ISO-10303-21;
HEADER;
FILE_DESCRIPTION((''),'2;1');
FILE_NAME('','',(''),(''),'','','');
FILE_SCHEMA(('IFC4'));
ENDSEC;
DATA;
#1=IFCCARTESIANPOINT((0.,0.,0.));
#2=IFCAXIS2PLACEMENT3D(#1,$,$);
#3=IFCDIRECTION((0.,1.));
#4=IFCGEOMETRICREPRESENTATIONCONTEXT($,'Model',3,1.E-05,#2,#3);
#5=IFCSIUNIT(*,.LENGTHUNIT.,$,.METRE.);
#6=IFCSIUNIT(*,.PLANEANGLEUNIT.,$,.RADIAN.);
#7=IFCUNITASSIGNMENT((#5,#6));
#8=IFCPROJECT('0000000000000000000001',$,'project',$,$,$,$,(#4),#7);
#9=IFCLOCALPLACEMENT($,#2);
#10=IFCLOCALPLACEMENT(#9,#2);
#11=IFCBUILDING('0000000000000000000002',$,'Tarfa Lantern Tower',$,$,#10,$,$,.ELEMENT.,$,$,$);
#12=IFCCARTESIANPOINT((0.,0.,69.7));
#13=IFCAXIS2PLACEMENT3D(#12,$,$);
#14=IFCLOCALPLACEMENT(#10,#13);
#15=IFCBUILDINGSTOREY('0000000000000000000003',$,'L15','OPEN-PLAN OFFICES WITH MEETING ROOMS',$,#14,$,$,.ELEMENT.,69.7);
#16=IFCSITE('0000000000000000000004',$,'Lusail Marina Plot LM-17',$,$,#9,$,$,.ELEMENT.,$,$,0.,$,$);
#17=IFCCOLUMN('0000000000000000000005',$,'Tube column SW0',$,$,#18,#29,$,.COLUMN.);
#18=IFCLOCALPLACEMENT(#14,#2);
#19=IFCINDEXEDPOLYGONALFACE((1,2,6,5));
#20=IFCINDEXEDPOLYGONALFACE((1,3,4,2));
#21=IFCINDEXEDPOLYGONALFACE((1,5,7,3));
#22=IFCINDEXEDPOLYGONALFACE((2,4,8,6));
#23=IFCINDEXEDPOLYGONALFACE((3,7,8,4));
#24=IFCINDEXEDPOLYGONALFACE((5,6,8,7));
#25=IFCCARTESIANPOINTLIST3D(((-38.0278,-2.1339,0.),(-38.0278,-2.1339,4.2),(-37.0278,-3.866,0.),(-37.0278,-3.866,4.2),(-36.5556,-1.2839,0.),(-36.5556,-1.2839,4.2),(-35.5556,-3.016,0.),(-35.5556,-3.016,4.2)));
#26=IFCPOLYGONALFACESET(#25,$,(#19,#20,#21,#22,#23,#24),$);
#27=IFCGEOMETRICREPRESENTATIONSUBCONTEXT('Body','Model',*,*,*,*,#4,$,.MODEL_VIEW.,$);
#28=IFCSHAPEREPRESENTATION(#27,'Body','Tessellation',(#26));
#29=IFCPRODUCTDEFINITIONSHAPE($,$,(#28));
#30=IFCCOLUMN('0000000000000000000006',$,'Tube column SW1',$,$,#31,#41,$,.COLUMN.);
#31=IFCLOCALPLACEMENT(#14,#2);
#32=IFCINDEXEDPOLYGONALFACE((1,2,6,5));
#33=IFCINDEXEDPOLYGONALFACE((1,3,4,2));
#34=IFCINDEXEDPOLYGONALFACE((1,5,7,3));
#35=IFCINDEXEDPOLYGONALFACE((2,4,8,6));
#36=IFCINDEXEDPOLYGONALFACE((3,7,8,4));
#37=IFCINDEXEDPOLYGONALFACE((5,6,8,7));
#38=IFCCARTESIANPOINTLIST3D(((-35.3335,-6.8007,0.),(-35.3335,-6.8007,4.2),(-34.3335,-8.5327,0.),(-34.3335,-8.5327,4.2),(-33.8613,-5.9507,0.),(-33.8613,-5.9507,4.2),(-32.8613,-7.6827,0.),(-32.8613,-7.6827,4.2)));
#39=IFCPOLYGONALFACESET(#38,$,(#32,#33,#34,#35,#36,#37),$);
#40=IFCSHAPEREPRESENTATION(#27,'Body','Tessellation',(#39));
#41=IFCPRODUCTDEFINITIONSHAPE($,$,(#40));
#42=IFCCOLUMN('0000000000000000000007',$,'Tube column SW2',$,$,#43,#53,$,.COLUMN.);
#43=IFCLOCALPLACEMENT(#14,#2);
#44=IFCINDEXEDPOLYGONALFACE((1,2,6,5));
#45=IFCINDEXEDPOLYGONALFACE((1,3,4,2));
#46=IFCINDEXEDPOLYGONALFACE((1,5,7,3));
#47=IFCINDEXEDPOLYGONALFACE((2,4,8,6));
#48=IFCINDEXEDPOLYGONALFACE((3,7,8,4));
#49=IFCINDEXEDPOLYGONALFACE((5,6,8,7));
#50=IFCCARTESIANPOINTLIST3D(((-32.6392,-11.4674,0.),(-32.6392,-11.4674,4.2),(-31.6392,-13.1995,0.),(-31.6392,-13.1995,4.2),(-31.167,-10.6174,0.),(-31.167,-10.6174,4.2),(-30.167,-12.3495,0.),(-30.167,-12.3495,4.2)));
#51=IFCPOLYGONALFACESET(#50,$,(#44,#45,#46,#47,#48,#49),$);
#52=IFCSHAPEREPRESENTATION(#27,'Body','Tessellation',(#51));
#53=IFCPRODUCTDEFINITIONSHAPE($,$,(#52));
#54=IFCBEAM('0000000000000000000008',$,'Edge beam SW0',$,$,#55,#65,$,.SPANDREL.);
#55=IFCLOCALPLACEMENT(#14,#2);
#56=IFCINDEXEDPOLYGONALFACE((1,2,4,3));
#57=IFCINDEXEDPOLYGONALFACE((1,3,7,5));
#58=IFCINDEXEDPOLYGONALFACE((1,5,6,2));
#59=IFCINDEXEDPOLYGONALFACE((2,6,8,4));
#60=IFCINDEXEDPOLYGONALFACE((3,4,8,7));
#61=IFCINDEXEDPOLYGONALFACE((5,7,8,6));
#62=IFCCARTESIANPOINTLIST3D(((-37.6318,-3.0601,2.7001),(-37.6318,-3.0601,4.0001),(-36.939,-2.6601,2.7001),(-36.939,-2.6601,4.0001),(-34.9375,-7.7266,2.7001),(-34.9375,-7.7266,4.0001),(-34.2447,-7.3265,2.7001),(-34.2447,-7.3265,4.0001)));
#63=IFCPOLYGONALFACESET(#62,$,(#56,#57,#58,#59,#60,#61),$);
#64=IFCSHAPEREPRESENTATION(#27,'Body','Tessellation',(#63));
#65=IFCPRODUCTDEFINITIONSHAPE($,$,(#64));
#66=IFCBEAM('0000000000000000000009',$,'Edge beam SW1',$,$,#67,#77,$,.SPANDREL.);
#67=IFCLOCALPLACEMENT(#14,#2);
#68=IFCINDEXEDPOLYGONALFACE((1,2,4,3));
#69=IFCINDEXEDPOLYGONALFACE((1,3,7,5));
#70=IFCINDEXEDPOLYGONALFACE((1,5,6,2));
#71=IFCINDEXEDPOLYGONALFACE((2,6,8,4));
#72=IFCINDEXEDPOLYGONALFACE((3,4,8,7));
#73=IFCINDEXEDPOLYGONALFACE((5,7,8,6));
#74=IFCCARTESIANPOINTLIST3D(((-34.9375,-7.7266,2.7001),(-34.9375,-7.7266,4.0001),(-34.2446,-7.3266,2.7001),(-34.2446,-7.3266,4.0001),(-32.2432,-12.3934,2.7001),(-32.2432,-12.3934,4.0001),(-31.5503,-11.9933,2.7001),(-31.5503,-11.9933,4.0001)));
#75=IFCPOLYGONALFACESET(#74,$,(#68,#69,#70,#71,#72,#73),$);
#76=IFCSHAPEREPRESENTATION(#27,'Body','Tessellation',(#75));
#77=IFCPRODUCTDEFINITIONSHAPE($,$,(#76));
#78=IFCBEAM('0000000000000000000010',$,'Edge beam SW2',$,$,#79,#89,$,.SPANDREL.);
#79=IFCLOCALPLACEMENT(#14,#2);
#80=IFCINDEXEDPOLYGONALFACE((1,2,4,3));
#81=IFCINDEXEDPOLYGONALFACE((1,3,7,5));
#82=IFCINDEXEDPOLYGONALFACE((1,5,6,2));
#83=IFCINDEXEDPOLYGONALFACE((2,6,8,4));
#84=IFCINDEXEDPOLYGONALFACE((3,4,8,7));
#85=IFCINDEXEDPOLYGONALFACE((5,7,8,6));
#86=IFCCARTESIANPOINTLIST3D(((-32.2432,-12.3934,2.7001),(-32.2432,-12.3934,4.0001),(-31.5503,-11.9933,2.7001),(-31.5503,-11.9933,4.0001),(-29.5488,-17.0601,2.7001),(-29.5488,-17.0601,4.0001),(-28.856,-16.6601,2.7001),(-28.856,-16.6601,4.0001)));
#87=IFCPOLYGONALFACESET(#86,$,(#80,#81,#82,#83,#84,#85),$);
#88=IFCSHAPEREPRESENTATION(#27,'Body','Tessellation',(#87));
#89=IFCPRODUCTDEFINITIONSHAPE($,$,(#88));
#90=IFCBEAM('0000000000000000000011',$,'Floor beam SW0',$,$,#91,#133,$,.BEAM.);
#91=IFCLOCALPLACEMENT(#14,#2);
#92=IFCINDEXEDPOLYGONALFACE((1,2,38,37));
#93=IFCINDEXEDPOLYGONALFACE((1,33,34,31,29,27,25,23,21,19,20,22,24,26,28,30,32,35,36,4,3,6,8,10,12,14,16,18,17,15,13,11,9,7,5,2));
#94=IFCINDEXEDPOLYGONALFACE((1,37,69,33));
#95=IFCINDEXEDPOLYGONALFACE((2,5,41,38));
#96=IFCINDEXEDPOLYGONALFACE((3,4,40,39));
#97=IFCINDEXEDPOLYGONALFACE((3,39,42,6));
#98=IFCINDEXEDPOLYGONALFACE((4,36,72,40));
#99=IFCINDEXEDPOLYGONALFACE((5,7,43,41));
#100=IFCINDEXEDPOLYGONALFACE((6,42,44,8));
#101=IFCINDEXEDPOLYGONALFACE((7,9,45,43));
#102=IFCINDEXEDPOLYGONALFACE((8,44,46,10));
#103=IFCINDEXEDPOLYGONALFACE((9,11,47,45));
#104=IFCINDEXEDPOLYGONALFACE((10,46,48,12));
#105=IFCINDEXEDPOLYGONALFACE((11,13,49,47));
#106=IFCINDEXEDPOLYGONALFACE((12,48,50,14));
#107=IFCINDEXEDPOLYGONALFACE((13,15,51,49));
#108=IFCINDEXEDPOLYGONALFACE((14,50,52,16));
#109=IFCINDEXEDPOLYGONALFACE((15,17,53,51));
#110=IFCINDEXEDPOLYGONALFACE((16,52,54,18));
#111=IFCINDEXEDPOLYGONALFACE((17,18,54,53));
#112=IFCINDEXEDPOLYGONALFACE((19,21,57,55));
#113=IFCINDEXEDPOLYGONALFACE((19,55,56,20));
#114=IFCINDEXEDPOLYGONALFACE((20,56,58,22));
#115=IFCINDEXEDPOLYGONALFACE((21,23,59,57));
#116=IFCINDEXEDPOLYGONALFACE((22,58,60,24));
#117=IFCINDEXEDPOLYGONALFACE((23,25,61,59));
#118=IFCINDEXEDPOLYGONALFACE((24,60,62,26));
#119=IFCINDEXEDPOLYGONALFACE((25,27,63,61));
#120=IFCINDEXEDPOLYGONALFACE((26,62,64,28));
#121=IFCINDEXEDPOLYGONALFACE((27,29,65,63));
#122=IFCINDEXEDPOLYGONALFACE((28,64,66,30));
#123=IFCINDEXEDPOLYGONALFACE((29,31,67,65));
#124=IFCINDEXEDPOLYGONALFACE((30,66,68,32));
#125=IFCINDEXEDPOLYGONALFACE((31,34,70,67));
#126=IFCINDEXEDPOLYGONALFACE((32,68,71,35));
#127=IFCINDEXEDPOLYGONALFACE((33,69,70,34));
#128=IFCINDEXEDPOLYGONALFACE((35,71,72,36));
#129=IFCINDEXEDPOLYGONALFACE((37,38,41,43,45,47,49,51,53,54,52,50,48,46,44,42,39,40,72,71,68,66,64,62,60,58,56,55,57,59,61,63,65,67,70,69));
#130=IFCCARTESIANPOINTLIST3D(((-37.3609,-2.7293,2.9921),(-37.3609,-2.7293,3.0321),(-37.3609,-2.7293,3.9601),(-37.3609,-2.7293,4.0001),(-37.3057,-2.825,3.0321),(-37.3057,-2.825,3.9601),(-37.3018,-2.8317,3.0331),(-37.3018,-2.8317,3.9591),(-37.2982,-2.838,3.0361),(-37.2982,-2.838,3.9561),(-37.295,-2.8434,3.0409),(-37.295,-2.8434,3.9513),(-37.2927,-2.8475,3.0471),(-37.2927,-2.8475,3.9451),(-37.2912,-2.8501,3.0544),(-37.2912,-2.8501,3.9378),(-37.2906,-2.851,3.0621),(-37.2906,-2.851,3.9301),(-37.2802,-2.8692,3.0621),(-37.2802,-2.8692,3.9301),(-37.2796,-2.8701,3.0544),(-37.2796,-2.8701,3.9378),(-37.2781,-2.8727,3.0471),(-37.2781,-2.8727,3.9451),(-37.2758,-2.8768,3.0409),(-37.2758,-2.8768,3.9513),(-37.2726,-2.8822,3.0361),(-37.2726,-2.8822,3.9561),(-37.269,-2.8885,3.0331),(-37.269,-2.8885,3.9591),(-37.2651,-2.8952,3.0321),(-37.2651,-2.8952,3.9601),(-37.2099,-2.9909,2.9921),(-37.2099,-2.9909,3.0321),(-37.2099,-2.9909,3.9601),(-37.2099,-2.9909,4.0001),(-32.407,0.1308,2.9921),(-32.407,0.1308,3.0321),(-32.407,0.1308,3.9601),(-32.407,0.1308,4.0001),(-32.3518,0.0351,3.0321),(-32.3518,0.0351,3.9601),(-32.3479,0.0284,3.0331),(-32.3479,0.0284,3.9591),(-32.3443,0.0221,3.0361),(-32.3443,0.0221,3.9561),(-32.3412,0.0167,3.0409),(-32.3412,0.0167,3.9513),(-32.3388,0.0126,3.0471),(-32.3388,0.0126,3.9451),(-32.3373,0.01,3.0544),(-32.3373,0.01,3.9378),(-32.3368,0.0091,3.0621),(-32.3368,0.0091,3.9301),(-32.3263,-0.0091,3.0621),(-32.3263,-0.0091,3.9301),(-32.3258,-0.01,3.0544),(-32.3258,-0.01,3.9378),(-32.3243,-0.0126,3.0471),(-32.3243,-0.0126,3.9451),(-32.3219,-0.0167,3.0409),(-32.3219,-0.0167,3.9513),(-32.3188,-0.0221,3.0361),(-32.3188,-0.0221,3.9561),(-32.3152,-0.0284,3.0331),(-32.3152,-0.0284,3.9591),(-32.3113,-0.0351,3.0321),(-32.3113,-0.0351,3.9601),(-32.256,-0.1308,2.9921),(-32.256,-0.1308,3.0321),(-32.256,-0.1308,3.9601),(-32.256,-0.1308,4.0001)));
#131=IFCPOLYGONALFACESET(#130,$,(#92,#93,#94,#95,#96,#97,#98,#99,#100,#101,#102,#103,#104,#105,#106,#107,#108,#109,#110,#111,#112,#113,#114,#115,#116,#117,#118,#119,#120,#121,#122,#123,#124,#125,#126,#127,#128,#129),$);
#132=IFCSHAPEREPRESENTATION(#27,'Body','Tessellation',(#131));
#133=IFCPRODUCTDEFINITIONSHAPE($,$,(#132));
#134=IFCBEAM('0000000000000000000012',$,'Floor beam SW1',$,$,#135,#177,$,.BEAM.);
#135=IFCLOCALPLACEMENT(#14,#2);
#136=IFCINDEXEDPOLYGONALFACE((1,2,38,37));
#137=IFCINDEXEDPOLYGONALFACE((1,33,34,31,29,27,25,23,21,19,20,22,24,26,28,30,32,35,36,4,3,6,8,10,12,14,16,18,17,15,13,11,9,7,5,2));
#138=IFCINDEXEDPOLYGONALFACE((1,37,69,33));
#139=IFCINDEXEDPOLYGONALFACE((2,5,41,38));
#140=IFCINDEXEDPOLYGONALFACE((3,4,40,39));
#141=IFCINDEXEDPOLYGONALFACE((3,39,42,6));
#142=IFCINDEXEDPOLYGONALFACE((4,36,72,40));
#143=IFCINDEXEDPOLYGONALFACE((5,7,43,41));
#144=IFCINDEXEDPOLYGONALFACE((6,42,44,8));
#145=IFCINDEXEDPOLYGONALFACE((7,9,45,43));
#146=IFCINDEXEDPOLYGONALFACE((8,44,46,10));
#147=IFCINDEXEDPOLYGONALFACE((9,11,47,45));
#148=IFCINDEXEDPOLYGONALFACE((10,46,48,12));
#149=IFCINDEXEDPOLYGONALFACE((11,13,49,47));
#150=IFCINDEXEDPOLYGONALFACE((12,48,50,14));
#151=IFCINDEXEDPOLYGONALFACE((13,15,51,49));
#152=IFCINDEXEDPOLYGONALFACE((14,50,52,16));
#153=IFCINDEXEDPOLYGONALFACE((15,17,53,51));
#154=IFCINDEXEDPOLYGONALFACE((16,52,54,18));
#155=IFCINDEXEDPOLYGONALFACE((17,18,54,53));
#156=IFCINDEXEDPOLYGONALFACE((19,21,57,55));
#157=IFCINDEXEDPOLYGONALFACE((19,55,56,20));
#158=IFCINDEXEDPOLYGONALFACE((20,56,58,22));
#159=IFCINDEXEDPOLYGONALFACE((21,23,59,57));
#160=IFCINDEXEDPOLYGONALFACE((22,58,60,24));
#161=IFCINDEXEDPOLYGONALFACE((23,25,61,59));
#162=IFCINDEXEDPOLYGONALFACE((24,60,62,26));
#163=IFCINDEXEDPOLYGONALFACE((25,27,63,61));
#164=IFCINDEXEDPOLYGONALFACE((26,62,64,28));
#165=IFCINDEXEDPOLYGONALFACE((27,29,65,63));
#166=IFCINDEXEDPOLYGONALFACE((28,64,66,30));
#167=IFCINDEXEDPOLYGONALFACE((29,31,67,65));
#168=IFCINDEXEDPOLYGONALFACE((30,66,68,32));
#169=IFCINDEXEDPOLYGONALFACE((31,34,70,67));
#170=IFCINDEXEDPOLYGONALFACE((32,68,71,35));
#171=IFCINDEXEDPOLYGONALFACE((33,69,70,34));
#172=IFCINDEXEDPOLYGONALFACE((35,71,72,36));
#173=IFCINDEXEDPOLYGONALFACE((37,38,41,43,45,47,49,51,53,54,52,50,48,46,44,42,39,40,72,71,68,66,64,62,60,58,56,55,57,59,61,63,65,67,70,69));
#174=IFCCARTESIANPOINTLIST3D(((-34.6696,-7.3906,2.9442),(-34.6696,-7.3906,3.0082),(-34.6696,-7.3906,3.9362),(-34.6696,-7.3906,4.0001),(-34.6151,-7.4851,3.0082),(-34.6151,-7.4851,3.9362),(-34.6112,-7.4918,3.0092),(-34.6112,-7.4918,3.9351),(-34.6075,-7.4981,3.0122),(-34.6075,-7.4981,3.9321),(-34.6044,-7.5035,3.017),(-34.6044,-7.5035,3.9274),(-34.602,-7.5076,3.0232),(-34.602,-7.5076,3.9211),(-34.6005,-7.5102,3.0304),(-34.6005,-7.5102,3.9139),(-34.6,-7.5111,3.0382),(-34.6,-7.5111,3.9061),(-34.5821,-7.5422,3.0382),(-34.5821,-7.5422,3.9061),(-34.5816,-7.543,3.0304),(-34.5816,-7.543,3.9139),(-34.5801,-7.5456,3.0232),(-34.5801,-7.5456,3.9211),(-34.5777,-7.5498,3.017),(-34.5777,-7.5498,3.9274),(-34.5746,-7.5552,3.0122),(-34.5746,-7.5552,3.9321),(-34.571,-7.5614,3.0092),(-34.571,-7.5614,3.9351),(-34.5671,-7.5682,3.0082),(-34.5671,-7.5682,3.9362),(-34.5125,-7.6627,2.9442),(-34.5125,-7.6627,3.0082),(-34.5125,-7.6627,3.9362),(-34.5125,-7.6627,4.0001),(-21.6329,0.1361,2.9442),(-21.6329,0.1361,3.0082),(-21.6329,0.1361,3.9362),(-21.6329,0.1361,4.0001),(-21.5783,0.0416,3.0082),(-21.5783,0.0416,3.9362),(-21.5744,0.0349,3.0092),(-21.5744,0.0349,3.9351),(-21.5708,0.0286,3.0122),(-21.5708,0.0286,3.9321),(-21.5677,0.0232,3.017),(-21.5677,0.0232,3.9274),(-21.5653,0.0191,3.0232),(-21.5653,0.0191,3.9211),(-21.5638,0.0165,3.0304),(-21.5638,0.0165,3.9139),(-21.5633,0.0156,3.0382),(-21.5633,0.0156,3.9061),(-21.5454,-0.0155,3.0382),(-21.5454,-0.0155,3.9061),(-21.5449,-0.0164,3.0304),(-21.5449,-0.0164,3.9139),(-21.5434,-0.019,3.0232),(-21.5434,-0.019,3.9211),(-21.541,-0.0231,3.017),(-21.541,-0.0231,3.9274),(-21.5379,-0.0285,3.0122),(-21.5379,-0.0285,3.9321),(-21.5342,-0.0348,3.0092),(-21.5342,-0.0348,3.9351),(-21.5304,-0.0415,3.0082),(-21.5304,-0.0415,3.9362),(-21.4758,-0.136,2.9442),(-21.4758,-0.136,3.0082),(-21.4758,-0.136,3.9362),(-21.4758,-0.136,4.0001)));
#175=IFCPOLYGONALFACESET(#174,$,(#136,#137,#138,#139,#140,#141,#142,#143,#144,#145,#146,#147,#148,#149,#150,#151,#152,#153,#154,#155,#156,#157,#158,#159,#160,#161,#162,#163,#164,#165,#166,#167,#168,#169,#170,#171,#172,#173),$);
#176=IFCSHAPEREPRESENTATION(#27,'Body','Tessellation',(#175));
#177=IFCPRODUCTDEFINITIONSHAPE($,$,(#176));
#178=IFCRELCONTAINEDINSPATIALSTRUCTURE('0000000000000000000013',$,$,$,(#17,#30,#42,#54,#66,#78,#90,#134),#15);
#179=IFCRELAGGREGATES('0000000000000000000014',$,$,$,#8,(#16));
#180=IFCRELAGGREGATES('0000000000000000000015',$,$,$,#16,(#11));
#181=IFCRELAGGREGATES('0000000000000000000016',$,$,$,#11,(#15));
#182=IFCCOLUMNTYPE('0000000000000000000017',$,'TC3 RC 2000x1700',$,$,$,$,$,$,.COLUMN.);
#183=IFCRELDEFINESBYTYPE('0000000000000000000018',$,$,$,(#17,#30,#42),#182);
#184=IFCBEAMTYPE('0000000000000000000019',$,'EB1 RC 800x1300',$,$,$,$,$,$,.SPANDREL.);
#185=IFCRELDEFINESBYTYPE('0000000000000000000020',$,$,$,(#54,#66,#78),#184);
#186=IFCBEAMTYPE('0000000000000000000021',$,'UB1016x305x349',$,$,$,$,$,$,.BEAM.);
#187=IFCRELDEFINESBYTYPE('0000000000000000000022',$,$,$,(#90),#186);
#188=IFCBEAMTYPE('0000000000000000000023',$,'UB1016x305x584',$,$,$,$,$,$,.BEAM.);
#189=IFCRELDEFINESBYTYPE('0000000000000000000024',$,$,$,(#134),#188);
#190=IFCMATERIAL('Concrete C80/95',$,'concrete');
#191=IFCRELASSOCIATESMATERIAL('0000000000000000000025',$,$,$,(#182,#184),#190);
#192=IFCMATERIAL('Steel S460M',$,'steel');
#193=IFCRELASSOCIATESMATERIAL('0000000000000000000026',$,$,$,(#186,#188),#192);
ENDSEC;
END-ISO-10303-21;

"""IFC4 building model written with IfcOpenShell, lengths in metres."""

from ifc_helpers import new_model, si_unit, direction, frame, origin, origin_2d, place, context, subcontext, project, spatial, rectangle, i_section, extrude, material, material_profile, profile_set, type_object, element, save


model = new_model("IFC4")

# Units and contexts
model_context = context("Model", 3, precision=1e-05, world=origin(), true_north=direction((0.0, 1.0)))
body_context = subcontext(model_context, "Body", "Model", "MODEL_VIEW")
ifc_project = project(units=[si_unit("LENGTHUNIT", "METRE"), si_unit("PLANEANGLEUNIT", "RADIAN")], contexts=[model_context])

# Site, building, storey
site_placement = place(None, origin())
site = spatial("IfcSite", under=ifc_project, at=site_placement, Name="Lusail Marina Plot LM-17", CompositionType="ELEMENT", RefElevation=0.0)
building_placement = place(site_placement, origin())
building = spatial("IfcBuilding", under=site, at=building_placement, Name="Tarfa Lantern Tower", CompositionType="ELEMENT")
storey_placement = place(building_placement, frame((0.0, 0.0, 69.7)))
storey = spatial("IfcBuildingStorey", under=building, at=storey_placement, Name="L15", Description="OPEN-PLAN OFFICES WITH MEETING ROOMS", CompositionType="ELEMENT", Elevation=69.7)

# Columns
ifc_material_1 = material(Name="Concrete C80/95", Category="concrete")
ifc_material_profile_1 = material_profile(ifc_material_1, rectangle(XDim=2.0, YDim=1.7, at=origin_2d()), Name="RC 2000x1700")
ifc_profile_set_1 = profile_set([ifc_material_profile_1], Name="Concrete C80/95")
column_type = type_object("IfcColumnType", Name="TC3 RC 2000x1700", PredefinedType="COLUMN", material=ifc_profile_set_1)
for number, where, z_axis, x_axis, name in (
    (1, (-36.7917, -2.575, 0.0), (0.0, 0.0, 1.0), (0.5, -0.866025, 0.0), "Tube column SW0"),
    (2, (-34.0974, -7.2417, 0.0), (0.0, 0.0, 1.0), (0.5, -0.866025, 0.0), "Tube column SW1"),
    (3, (-31.4031, -11.9084, 0.0), (0.0, 0.0, 1.0), (0.5, -0.866025, 0.0), "Tube column SW2"),
):
    element("IfcColumn", number, at=place(storey_placement, frame(where, z_axis=z_axis, x_axis=x_axis)), inside=storey, type_object=column_type, Name=name, PredefinedType="COLUMN", context=body_context, shape_type="SweptSolid", body=[
        extrude(rectangle(XDim=2.0, YDim=1.7, at=origin_2d()), origin(), (0.0, 0.0, 1.0), 4.2),
    ])

# Beams
ifc_material_profile_2 = material_profile(ifc_material_1, rectangle(XDim=0.8, YDim=1.3, at=origin_2d()), Name="RC 800x1300")
ifc_profile_set_2 = profile_set([ifc_material_profile_2], Name="Concrete C80/95")
beam_type_1 = type_object("IfcBeamType", Name="EB1 RC 800x1300", PredefinedType="SPANDREL", material=ifc_profile_set_2)
beam_1_placement = place(storey_placement, frame((-37.2854, -2.8601, 3.3501), z_axis=(0.500018, -0.866015, 0.0), x_axis=(0.866015, 0.500018, 0.0)))
element("IfcBeam", 4, at=beam_1_placement, inside=storey, type_object=beam_type_1, Name="Edge beam SW0", PredefinedType="SPANDREL", context=body_context, shape_type="SweptSolid", body=[
    extrude(rectangle(XDim=0.8, YDim=1.3, at=origin_2d()), origin(), (0.0, 0.0, 1.0), 5.3884),
])
for number, where, z_axis, x_axis, name in (
    (5, (-34.5911, -7.5266, 3.3501), (0.499998, -0.866026, 0.0), (0.866026, 0.499998, 0.0), "Edge beam SW1"),
    (6, (-31.8967, -12.1934, 3.3501), (0.499998, -0.866026, 0.0), (0.866026, 0.499998, 0.0), "Edge beam SW2"),
):
    element("IfcBeam", number, at=place(storey_placement, frame(where, z_axis=z_axis, x_axis=x_axis)), inside=storey, type_object=beam_type_1, Name=name, PredefinedType="SPANDREL", context=body_context, shape_type="SweptSolid", body=[
        extrude(rectangle(XDim=0.8, YDim=1.3, at=origin_2d()), origin(), (0.0, 0.0, 1.0), 5.3887),
    ])
ifc_material_2 = material(Name="Steel S460M", Category="steel")
ifc_material_profile_3 = material_profile(ifc_material_2, i_section(OverallWidth=0.302, OverallDepth=1.0081, WebThickness=0.021, FlangeThickness=0.04, FilletRadius=0.03, at=origin_2d()), Name="UB1016x305x349")
ifc_profile_set_3 = profile_set([ifc_material_profile_3], Name="Steel S460M")
beam_type_2 = type_object("IfcBeamType", Name="UB1016x305x349", PredefinedType="BEAM", material=ifc_profile_set_3)
beam_2_placement = place(storey_placement, frame((-37.2854, -2.8601, 3.4961), z_axis=(0.866026, 0.5, 0.0), x_axis=(-0.5, 0.866026, 0.0)))
element("IfcBeam", 7, at=beam_2_placement, inside=storey, type_object=beam_type_2, Name="Floor beam SW0", PredefinedType="BEAM", context=body_context, shape_type="SweptSolid", body=[
    extrude(i_section(OverallWidth=0.302, OverallDepth=1.0081, WebThickness=0.021, FlangeThickness=0.04, FilletRadius=0.03, at=origin_2d()), origin(), (0.0, 0.0, 1.0), 5.7202),
])
ifc_material_profile_4 = material_profile(ifc_material_2, i_section(OverallWidth=0.3142, OverallDepth=1.0559, WebThickness=0.0359, FlangeThickness=0.064, FilletRadius=0.03, at=origin_2d()), Name="UB1016x305x584")
ifc_profile_set_4 = profile_set([ifc_material_profile_4], Name="Steel S460M")
beam_type_3 = type_object("IfcBeamType", Name="UB1016x305x584", PredefinedType="BEAM", material=ifc_profile_set_4)
beam_3_placement = place(storey_placement, frame((-34.5911, -7.5266, 3.4722), z_axis=(0.866028, 0.499996, 0.0), x_axis=(-0.499996, 0.866028, 0.0)))
element("IfcBeam", 8, at=beam_3_placement, inside=storey, type_object=beam_type_3, Name="Floor beam SW1", PredefinedType="BEAM", context=body_context, shape_type="SweptSolid", body=[
    extrude(i_section(OverallWidth=0.3142, OverallDepth=1.0559, WebThickness=0.0359, FlangeThickness=0.064, FilletRadius=0.03, at=origin_2d()), origin(), (0.0, 0.0, 1.0), 15.0535),
])

save(model, "model.ifc")
